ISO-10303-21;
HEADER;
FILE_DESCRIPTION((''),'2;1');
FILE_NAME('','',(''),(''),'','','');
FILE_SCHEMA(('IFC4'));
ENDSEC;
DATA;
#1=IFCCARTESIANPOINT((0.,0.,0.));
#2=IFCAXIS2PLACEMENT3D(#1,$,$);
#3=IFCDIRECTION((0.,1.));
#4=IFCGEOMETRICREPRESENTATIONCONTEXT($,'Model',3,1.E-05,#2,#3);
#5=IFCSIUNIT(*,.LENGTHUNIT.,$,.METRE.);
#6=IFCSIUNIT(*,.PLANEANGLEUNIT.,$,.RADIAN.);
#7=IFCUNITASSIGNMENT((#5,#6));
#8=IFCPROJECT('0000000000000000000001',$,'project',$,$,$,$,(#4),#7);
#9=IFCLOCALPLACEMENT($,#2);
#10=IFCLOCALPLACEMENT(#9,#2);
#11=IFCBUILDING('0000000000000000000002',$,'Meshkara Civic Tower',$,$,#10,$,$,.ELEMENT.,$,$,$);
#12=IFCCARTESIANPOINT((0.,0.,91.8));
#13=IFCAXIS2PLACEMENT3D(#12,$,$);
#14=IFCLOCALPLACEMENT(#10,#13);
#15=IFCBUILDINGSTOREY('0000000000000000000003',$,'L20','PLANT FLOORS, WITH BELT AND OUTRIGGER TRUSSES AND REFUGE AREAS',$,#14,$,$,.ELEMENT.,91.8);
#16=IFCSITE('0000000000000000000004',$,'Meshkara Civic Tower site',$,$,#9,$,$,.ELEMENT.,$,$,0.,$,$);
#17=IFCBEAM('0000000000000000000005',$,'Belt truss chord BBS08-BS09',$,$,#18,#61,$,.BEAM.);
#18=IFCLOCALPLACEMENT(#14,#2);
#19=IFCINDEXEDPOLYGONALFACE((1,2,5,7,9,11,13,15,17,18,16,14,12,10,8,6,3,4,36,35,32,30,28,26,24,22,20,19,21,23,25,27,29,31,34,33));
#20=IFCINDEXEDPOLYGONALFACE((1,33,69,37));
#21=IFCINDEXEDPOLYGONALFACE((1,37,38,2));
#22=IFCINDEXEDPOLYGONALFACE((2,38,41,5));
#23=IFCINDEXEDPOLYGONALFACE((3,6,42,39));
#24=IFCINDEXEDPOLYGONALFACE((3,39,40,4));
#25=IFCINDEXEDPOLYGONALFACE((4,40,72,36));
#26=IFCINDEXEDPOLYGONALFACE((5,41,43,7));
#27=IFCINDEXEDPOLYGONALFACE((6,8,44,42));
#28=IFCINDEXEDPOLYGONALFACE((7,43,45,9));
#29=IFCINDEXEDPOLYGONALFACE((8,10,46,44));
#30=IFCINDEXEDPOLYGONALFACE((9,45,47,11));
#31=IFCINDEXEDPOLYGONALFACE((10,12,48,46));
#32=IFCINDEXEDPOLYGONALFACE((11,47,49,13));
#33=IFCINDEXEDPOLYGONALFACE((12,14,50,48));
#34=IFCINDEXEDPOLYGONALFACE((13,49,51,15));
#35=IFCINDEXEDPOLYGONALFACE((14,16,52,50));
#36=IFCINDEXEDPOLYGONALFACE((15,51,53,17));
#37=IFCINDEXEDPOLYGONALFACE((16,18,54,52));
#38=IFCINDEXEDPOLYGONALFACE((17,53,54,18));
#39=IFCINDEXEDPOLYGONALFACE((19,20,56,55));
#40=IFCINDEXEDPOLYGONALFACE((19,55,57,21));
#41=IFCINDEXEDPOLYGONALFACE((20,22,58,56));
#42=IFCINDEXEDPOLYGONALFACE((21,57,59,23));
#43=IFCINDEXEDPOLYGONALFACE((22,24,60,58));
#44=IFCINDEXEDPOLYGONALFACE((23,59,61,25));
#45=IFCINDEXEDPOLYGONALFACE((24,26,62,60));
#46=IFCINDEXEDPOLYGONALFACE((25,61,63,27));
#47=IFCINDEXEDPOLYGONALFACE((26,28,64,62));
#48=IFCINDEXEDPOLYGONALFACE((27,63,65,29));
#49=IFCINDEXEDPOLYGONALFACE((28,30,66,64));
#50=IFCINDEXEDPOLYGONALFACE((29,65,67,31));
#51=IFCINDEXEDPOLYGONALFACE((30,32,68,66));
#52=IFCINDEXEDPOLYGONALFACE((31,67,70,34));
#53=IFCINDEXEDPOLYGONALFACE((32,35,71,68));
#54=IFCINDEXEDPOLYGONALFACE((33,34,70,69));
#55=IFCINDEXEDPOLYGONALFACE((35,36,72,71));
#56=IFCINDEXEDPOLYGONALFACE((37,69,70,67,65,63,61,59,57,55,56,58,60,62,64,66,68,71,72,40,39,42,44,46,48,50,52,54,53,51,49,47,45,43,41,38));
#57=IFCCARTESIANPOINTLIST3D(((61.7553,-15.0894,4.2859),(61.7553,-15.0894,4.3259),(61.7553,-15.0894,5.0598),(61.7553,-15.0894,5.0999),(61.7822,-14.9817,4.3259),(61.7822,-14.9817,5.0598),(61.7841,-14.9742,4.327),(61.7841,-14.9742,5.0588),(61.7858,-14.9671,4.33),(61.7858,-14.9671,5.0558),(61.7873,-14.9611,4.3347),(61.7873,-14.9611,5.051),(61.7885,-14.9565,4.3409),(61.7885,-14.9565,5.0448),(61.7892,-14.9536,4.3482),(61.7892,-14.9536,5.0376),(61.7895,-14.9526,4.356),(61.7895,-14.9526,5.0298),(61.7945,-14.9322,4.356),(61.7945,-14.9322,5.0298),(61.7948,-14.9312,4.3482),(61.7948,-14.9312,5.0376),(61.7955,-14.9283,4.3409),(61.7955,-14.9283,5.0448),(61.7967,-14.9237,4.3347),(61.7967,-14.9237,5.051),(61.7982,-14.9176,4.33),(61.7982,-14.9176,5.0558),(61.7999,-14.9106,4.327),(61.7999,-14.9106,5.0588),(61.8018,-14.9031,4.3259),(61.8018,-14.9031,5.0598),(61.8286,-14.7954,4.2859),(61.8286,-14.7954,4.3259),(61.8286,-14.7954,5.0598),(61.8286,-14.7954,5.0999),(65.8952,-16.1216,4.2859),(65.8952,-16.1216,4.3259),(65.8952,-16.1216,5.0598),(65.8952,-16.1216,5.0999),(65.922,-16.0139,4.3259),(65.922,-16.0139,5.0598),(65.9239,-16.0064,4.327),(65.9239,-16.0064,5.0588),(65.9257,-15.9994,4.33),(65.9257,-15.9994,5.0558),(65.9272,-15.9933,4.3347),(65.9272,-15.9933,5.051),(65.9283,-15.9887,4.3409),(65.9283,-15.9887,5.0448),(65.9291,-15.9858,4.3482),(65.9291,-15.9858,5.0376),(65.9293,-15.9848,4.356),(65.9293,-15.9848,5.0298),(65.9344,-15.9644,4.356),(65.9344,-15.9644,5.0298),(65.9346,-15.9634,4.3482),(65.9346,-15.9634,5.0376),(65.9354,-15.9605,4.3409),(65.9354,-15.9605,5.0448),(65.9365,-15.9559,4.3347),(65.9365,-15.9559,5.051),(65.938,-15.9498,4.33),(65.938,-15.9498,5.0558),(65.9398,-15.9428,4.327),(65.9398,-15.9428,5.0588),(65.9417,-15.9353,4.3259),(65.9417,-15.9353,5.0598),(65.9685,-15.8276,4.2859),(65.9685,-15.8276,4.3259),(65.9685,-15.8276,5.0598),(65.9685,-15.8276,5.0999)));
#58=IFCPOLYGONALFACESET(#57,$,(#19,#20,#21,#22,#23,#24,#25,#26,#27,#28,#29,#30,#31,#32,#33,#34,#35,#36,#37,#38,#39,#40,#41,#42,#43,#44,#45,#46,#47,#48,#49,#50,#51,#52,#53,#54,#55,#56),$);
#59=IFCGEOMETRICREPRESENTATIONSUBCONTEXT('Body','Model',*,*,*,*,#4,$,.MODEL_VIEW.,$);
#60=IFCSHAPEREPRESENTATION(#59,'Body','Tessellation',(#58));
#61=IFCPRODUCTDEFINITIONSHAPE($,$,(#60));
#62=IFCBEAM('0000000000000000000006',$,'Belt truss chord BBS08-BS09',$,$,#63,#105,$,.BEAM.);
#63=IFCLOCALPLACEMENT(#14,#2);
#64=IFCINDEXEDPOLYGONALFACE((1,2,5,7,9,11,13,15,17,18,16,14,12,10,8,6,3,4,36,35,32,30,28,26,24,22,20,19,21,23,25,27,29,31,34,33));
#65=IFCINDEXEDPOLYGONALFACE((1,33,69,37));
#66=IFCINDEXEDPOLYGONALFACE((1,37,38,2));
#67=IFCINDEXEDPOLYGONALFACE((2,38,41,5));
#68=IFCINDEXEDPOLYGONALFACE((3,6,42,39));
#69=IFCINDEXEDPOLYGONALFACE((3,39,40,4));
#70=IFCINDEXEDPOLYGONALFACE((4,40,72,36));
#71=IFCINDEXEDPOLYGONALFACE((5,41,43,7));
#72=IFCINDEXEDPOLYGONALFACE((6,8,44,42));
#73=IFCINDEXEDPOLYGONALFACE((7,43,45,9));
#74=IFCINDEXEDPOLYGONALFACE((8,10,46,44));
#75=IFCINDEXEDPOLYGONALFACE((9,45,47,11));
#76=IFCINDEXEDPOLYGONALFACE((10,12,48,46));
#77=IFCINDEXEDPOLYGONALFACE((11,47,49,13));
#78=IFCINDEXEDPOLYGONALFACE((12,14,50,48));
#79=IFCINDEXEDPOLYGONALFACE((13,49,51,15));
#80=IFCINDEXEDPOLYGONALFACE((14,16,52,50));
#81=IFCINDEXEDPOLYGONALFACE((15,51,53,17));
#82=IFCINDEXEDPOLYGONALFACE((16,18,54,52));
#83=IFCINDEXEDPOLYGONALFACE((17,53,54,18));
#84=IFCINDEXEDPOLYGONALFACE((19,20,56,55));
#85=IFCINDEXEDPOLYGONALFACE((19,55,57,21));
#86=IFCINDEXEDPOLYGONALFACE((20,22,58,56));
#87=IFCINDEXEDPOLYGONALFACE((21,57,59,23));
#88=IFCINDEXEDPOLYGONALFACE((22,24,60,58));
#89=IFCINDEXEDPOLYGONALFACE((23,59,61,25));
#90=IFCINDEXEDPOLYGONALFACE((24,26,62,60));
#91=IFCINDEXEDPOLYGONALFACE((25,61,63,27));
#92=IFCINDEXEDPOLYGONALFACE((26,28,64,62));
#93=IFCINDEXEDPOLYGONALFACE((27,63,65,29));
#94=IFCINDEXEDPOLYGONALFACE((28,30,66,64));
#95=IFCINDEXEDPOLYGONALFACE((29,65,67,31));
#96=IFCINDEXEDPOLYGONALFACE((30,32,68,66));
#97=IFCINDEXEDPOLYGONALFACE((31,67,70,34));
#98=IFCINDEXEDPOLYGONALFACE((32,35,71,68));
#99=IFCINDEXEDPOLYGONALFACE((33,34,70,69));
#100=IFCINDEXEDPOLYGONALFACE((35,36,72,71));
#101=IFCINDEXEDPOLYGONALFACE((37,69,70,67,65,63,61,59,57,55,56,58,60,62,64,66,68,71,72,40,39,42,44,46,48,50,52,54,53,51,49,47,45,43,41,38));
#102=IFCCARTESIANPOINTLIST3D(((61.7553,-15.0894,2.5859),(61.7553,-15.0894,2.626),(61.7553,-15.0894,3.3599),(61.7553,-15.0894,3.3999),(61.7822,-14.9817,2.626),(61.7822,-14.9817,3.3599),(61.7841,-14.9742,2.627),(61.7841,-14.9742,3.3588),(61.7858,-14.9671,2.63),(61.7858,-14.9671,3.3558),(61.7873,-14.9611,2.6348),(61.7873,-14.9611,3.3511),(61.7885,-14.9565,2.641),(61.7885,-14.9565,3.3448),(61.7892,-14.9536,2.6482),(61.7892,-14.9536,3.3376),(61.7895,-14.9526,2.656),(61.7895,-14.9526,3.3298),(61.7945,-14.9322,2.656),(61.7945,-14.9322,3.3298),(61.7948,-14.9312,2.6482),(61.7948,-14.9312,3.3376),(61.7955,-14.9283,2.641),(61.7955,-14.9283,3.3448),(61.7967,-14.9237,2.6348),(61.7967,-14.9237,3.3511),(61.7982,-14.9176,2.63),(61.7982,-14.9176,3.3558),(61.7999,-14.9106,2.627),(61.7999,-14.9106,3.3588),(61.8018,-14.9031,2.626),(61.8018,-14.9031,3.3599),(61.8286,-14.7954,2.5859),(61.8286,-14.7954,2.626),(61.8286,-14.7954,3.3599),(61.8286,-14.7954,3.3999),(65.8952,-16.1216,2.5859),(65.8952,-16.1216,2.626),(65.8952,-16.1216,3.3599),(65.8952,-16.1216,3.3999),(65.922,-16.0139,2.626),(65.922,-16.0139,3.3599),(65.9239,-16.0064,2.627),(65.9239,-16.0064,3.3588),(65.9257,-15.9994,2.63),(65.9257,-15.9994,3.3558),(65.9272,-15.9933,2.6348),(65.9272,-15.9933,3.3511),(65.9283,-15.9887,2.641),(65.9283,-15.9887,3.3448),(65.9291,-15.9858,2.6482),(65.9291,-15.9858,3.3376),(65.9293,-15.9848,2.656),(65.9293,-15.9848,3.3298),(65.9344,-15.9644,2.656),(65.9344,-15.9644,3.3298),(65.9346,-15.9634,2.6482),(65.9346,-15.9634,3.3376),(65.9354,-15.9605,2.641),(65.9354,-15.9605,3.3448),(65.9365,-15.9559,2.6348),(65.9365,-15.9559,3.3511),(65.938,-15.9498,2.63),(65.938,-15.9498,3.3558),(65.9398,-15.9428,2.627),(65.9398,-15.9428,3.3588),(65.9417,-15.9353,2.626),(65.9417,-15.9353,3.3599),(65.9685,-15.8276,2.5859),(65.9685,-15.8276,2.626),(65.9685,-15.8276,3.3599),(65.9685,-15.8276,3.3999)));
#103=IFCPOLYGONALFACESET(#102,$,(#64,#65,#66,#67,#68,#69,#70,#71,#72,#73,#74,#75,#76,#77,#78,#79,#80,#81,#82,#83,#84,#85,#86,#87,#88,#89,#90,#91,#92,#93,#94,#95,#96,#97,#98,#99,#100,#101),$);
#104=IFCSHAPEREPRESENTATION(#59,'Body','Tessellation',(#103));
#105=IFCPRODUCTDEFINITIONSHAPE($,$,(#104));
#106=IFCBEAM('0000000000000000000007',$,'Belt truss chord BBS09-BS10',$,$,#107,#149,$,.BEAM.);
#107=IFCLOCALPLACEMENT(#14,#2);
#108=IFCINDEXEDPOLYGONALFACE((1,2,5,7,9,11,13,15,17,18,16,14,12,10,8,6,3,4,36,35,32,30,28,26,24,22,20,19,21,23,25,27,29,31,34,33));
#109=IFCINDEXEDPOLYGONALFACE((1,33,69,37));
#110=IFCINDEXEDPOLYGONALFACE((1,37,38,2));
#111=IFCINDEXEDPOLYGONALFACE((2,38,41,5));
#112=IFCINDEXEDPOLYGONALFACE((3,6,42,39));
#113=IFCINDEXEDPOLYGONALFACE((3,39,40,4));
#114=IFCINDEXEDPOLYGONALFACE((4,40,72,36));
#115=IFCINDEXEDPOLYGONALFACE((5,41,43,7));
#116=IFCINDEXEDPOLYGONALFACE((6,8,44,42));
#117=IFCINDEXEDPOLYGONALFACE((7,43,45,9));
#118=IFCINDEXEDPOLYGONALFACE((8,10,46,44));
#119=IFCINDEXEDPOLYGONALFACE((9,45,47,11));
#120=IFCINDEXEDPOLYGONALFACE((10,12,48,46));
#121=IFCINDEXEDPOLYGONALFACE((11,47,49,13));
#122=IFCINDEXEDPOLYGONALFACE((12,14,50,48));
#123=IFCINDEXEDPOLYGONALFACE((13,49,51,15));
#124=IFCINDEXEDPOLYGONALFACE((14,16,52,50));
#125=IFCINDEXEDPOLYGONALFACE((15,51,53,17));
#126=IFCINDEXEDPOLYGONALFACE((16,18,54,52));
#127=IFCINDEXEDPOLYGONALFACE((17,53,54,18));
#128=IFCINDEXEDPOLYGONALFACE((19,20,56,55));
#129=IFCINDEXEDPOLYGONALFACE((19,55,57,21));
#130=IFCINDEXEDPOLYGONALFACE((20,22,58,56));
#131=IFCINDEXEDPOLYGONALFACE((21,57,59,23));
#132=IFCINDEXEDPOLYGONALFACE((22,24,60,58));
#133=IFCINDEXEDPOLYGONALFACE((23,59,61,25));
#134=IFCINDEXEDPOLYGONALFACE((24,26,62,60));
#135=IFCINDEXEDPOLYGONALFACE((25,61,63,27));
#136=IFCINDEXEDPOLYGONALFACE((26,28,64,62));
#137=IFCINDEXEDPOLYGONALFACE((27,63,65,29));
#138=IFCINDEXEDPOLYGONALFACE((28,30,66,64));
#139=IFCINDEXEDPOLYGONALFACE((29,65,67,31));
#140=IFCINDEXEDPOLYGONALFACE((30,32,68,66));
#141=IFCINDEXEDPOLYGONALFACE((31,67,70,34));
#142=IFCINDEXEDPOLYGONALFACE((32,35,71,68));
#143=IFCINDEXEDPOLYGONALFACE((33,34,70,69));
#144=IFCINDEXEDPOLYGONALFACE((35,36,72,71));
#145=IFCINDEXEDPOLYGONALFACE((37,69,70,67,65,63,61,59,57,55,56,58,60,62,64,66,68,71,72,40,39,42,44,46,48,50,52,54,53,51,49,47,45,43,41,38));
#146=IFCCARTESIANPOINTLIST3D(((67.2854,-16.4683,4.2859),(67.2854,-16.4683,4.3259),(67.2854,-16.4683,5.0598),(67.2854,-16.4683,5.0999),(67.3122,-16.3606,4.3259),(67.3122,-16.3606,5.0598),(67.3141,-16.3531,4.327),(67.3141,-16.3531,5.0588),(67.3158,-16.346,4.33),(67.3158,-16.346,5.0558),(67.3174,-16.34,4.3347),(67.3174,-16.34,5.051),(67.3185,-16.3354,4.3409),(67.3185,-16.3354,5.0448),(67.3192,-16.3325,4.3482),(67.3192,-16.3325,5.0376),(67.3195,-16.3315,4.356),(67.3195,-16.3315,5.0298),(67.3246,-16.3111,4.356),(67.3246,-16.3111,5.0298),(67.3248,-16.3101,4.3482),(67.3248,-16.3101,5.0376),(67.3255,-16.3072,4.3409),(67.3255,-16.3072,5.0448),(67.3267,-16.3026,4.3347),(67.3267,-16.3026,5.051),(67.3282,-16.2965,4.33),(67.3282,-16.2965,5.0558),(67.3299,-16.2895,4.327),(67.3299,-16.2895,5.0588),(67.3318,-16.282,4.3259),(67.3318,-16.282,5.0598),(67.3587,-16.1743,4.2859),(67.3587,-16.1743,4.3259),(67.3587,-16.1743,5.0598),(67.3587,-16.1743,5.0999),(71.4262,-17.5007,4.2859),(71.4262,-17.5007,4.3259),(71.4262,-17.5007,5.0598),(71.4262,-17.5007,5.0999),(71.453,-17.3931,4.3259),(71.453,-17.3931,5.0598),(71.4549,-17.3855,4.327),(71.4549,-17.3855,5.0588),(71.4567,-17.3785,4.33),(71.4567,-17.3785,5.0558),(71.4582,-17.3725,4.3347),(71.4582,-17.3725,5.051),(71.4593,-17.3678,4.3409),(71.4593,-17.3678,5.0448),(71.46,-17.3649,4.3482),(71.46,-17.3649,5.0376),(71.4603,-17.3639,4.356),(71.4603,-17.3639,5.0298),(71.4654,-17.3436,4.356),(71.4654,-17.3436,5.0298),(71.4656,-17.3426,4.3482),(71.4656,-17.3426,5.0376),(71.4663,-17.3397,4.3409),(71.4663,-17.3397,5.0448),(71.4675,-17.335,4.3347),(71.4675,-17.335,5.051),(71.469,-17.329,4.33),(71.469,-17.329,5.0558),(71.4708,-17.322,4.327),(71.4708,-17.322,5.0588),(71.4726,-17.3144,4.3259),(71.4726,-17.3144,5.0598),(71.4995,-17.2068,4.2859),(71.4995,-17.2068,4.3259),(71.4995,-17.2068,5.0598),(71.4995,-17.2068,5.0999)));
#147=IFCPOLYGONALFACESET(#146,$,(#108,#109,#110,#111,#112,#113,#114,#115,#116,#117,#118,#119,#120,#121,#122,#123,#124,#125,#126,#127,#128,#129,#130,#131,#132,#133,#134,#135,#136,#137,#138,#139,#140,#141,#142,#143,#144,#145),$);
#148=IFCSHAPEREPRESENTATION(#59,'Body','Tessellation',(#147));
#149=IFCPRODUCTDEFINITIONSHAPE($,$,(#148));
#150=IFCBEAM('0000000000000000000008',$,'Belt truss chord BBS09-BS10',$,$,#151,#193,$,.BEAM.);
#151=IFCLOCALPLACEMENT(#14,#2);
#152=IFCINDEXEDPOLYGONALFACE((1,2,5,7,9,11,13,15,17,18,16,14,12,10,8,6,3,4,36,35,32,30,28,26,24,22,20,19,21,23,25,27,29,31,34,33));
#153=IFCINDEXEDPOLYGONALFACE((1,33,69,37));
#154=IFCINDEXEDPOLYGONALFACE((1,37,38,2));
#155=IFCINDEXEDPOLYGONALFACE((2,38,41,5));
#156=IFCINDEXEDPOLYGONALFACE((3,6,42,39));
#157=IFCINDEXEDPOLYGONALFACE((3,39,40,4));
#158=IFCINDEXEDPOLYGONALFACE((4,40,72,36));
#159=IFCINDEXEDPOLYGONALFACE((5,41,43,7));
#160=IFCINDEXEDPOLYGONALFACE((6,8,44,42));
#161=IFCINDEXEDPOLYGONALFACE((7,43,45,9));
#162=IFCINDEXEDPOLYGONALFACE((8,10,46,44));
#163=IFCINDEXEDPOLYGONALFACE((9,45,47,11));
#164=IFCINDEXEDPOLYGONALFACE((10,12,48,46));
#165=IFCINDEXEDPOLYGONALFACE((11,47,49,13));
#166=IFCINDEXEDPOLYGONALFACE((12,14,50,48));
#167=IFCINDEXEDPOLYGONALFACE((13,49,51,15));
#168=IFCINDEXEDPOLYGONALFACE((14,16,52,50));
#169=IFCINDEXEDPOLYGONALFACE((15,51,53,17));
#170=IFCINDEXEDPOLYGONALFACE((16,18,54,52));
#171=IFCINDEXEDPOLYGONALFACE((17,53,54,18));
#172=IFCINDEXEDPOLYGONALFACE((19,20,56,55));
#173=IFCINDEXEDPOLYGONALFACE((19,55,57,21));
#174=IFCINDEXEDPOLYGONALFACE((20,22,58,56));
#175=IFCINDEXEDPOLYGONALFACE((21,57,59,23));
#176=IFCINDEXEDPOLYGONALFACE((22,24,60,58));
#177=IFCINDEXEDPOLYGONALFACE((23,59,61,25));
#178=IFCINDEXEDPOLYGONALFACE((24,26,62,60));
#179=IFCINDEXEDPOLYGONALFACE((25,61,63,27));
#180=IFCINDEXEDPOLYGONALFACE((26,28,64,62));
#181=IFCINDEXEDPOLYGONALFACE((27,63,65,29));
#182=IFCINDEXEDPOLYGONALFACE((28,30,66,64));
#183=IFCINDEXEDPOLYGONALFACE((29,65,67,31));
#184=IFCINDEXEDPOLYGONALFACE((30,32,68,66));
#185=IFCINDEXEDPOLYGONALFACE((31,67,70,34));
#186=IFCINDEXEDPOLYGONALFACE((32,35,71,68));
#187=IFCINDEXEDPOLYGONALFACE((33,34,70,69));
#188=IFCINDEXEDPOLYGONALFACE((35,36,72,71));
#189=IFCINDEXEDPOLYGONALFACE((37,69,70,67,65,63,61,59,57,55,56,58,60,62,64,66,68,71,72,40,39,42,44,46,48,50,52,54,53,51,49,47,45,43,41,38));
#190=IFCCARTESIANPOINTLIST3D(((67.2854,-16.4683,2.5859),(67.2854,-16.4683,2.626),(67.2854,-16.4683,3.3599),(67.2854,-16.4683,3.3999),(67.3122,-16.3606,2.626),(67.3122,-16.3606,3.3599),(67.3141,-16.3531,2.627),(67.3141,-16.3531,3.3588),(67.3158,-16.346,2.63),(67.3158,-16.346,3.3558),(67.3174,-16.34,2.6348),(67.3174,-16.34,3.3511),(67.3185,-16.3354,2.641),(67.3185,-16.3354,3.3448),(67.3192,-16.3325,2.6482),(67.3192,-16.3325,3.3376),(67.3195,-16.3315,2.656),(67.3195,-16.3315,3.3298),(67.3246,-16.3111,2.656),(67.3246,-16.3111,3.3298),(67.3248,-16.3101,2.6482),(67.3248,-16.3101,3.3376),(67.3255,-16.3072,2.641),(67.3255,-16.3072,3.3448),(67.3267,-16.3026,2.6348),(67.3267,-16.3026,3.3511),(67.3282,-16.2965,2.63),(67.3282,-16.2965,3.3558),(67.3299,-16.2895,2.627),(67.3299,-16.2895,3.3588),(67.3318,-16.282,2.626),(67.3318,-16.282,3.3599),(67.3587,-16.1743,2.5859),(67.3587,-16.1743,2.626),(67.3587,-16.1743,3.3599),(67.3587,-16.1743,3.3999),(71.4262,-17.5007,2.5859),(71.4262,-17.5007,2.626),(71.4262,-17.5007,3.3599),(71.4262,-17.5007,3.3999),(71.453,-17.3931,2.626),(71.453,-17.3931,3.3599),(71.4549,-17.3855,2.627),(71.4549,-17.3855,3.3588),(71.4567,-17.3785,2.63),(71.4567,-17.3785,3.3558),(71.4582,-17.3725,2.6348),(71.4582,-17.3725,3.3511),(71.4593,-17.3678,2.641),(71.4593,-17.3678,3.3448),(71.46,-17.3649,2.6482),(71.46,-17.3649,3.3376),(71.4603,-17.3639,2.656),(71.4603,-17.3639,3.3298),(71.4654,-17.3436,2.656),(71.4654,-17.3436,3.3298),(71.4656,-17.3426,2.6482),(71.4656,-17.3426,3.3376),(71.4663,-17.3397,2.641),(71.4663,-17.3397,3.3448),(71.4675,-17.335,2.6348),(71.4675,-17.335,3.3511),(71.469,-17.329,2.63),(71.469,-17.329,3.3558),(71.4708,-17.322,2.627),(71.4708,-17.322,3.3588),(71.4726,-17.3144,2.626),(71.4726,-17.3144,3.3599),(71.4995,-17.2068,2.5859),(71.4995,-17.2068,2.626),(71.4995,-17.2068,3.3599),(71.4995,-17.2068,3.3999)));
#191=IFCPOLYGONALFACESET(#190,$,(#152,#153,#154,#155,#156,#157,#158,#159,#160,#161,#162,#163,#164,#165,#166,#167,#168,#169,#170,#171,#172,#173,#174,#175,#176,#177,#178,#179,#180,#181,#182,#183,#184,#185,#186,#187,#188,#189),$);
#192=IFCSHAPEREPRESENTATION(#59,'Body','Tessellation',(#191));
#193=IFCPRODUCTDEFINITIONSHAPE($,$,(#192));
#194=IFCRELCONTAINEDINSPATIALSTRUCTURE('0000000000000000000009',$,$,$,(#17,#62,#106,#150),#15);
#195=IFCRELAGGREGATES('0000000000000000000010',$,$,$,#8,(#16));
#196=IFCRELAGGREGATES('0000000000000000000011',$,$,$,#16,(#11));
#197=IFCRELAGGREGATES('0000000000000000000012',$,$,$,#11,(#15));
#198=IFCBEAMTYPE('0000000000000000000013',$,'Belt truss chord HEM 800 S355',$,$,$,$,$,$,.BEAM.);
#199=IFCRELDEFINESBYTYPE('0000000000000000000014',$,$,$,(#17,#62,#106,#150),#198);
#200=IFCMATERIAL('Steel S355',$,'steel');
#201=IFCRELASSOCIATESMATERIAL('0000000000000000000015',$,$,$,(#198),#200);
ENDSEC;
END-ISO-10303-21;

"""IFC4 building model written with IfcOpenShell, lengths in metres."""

from ifc_helpers import new_model, si_unit, direction, frame, origin, origin_2d, place, context, subcontext, project, spatial, i_section, extrude, material, material_profile, profile_set, type_object, element, save


model = new_model("IFC4")

# Units and contexts
model_context = context("Model", 3, precision=1e-05, world=origin(), true_north=direction((0.0, 1.0)))
body_context = subcontext(model_context, "Body", "Model", "MODEL_VIEW")
ifc_project = project(units=[si_unit("LENGTHUNIT", "METRE"), si_unit("PLANEANGLEUNIT", "RADIAN")], contexts=[model_context])

# Site, building, storey
site_placement = place(None, origin())
site = spatial("IfcSite", under=ifc_project, at=site_placement, Name="Meshkara Civic Tower site", CompositionType="ELEMENT", RefElevation=0.0)
building_placement = place(site_placement, origin())
building = spatial("IfcBuilding", under=site, at=building_placement, Name="Meshkara Civic Tower", CompositionType="ELEMENT")
storey_placement = place(building_placement, frame((0.0, 0.0, 91.8)))
storey = spatial("IfcBuildingStorey", under=building, at=storey_placement, Name="L20", Description="PLANT FLOORS, WITH BELT AND OUTRIGGER TRUSSES AND REFUGE AREAS", CompositionType="ELEMENT", Elevation=91.8)

# Beams
ifc_material_1 = material(Name="Steel S355", Category="steel")
ifc_material_profile_1 = material_profile(ifc_material_1, i_section(OverallWidth=0.303, OverallDepth=0.814, WebThickness=0.021, FlangeThickness=0.04, FilletRadius=0.03, at=origin_2d()))
ifc_profile_set_1 = profile_set([ifc_material_profile_1], Name="Steel S355")
beam_type_1 = type_object("IfcBeamType", Name="Belt truss chord HEM 800 S355", PredefinedType="BEAM", material=ifc_profile_set_1)
for number, where, z_axis, x_axis, name in (
    (1, (61.792, -14.9424, 4.6929), (0.970294, -0.24193, 0.0), (0.24193, 0.970294, 0.0), "Belt truss chord BBS08-BS09"),
    (2, (61.792, -14.9424, 2.9929), (0.970294, -0.24193, 0.0), (0.24193, 0.970294, 0.0), "Belt truss chord BBS08-BS09"),
):
    element("IfcBeam", number, at=place(storey_placement, frame(where, z_axis=z_axis, x_axis=x_axis)), inside=storey, type_object=beam_type_1, Name=name, PredefinedType="BEAM", context=body_context, shape_type="SweptSolid", body=[
        extrude(i_section(OverallWidth=0.303, OverallDepth=0.814, WebThickness=0.021, FlangeThickness=0.04, FilletRadius=0.03, at=origin_2d()), origin(), (0.0, 0.0, 1.0), 4.2666),
    ])
for number, where, z_axis, x_axis, name in (
    (3, (67.322, -16.3213, 4.6929), (0.970294, -0.24193, 0.0), (0.24193, 0.970294, 0.0), "Belt truss chord BBS09-BS10"),
    (4, (67.322, -16.3213, 2.9929), (0.970294, -0.24193, 0.0), (0.24193, 0.970294, 0.0), "Belt truss chord BBS09-BS10"),
):
    element("IfcBeam", number, at=place(storey_placement, frame(where, z_axis=z_axis, x_axis=x_axis)), inside=storey, type_object=beam_type_1, Name=name, PredefinedType="BEAM", context=body_context, shape_type="SweptSolid", body=[
        extrude(i_section(OverallWidth=0.303, OverallDepth=0.814, WebThickness=0.021, FlangeThickness=0.04, FilletRadius=0.03, at=origin_2d()), origin(), (0.0, 0.0, 1.0), 4.2676),
    ])

save(model, "model.ifc")
